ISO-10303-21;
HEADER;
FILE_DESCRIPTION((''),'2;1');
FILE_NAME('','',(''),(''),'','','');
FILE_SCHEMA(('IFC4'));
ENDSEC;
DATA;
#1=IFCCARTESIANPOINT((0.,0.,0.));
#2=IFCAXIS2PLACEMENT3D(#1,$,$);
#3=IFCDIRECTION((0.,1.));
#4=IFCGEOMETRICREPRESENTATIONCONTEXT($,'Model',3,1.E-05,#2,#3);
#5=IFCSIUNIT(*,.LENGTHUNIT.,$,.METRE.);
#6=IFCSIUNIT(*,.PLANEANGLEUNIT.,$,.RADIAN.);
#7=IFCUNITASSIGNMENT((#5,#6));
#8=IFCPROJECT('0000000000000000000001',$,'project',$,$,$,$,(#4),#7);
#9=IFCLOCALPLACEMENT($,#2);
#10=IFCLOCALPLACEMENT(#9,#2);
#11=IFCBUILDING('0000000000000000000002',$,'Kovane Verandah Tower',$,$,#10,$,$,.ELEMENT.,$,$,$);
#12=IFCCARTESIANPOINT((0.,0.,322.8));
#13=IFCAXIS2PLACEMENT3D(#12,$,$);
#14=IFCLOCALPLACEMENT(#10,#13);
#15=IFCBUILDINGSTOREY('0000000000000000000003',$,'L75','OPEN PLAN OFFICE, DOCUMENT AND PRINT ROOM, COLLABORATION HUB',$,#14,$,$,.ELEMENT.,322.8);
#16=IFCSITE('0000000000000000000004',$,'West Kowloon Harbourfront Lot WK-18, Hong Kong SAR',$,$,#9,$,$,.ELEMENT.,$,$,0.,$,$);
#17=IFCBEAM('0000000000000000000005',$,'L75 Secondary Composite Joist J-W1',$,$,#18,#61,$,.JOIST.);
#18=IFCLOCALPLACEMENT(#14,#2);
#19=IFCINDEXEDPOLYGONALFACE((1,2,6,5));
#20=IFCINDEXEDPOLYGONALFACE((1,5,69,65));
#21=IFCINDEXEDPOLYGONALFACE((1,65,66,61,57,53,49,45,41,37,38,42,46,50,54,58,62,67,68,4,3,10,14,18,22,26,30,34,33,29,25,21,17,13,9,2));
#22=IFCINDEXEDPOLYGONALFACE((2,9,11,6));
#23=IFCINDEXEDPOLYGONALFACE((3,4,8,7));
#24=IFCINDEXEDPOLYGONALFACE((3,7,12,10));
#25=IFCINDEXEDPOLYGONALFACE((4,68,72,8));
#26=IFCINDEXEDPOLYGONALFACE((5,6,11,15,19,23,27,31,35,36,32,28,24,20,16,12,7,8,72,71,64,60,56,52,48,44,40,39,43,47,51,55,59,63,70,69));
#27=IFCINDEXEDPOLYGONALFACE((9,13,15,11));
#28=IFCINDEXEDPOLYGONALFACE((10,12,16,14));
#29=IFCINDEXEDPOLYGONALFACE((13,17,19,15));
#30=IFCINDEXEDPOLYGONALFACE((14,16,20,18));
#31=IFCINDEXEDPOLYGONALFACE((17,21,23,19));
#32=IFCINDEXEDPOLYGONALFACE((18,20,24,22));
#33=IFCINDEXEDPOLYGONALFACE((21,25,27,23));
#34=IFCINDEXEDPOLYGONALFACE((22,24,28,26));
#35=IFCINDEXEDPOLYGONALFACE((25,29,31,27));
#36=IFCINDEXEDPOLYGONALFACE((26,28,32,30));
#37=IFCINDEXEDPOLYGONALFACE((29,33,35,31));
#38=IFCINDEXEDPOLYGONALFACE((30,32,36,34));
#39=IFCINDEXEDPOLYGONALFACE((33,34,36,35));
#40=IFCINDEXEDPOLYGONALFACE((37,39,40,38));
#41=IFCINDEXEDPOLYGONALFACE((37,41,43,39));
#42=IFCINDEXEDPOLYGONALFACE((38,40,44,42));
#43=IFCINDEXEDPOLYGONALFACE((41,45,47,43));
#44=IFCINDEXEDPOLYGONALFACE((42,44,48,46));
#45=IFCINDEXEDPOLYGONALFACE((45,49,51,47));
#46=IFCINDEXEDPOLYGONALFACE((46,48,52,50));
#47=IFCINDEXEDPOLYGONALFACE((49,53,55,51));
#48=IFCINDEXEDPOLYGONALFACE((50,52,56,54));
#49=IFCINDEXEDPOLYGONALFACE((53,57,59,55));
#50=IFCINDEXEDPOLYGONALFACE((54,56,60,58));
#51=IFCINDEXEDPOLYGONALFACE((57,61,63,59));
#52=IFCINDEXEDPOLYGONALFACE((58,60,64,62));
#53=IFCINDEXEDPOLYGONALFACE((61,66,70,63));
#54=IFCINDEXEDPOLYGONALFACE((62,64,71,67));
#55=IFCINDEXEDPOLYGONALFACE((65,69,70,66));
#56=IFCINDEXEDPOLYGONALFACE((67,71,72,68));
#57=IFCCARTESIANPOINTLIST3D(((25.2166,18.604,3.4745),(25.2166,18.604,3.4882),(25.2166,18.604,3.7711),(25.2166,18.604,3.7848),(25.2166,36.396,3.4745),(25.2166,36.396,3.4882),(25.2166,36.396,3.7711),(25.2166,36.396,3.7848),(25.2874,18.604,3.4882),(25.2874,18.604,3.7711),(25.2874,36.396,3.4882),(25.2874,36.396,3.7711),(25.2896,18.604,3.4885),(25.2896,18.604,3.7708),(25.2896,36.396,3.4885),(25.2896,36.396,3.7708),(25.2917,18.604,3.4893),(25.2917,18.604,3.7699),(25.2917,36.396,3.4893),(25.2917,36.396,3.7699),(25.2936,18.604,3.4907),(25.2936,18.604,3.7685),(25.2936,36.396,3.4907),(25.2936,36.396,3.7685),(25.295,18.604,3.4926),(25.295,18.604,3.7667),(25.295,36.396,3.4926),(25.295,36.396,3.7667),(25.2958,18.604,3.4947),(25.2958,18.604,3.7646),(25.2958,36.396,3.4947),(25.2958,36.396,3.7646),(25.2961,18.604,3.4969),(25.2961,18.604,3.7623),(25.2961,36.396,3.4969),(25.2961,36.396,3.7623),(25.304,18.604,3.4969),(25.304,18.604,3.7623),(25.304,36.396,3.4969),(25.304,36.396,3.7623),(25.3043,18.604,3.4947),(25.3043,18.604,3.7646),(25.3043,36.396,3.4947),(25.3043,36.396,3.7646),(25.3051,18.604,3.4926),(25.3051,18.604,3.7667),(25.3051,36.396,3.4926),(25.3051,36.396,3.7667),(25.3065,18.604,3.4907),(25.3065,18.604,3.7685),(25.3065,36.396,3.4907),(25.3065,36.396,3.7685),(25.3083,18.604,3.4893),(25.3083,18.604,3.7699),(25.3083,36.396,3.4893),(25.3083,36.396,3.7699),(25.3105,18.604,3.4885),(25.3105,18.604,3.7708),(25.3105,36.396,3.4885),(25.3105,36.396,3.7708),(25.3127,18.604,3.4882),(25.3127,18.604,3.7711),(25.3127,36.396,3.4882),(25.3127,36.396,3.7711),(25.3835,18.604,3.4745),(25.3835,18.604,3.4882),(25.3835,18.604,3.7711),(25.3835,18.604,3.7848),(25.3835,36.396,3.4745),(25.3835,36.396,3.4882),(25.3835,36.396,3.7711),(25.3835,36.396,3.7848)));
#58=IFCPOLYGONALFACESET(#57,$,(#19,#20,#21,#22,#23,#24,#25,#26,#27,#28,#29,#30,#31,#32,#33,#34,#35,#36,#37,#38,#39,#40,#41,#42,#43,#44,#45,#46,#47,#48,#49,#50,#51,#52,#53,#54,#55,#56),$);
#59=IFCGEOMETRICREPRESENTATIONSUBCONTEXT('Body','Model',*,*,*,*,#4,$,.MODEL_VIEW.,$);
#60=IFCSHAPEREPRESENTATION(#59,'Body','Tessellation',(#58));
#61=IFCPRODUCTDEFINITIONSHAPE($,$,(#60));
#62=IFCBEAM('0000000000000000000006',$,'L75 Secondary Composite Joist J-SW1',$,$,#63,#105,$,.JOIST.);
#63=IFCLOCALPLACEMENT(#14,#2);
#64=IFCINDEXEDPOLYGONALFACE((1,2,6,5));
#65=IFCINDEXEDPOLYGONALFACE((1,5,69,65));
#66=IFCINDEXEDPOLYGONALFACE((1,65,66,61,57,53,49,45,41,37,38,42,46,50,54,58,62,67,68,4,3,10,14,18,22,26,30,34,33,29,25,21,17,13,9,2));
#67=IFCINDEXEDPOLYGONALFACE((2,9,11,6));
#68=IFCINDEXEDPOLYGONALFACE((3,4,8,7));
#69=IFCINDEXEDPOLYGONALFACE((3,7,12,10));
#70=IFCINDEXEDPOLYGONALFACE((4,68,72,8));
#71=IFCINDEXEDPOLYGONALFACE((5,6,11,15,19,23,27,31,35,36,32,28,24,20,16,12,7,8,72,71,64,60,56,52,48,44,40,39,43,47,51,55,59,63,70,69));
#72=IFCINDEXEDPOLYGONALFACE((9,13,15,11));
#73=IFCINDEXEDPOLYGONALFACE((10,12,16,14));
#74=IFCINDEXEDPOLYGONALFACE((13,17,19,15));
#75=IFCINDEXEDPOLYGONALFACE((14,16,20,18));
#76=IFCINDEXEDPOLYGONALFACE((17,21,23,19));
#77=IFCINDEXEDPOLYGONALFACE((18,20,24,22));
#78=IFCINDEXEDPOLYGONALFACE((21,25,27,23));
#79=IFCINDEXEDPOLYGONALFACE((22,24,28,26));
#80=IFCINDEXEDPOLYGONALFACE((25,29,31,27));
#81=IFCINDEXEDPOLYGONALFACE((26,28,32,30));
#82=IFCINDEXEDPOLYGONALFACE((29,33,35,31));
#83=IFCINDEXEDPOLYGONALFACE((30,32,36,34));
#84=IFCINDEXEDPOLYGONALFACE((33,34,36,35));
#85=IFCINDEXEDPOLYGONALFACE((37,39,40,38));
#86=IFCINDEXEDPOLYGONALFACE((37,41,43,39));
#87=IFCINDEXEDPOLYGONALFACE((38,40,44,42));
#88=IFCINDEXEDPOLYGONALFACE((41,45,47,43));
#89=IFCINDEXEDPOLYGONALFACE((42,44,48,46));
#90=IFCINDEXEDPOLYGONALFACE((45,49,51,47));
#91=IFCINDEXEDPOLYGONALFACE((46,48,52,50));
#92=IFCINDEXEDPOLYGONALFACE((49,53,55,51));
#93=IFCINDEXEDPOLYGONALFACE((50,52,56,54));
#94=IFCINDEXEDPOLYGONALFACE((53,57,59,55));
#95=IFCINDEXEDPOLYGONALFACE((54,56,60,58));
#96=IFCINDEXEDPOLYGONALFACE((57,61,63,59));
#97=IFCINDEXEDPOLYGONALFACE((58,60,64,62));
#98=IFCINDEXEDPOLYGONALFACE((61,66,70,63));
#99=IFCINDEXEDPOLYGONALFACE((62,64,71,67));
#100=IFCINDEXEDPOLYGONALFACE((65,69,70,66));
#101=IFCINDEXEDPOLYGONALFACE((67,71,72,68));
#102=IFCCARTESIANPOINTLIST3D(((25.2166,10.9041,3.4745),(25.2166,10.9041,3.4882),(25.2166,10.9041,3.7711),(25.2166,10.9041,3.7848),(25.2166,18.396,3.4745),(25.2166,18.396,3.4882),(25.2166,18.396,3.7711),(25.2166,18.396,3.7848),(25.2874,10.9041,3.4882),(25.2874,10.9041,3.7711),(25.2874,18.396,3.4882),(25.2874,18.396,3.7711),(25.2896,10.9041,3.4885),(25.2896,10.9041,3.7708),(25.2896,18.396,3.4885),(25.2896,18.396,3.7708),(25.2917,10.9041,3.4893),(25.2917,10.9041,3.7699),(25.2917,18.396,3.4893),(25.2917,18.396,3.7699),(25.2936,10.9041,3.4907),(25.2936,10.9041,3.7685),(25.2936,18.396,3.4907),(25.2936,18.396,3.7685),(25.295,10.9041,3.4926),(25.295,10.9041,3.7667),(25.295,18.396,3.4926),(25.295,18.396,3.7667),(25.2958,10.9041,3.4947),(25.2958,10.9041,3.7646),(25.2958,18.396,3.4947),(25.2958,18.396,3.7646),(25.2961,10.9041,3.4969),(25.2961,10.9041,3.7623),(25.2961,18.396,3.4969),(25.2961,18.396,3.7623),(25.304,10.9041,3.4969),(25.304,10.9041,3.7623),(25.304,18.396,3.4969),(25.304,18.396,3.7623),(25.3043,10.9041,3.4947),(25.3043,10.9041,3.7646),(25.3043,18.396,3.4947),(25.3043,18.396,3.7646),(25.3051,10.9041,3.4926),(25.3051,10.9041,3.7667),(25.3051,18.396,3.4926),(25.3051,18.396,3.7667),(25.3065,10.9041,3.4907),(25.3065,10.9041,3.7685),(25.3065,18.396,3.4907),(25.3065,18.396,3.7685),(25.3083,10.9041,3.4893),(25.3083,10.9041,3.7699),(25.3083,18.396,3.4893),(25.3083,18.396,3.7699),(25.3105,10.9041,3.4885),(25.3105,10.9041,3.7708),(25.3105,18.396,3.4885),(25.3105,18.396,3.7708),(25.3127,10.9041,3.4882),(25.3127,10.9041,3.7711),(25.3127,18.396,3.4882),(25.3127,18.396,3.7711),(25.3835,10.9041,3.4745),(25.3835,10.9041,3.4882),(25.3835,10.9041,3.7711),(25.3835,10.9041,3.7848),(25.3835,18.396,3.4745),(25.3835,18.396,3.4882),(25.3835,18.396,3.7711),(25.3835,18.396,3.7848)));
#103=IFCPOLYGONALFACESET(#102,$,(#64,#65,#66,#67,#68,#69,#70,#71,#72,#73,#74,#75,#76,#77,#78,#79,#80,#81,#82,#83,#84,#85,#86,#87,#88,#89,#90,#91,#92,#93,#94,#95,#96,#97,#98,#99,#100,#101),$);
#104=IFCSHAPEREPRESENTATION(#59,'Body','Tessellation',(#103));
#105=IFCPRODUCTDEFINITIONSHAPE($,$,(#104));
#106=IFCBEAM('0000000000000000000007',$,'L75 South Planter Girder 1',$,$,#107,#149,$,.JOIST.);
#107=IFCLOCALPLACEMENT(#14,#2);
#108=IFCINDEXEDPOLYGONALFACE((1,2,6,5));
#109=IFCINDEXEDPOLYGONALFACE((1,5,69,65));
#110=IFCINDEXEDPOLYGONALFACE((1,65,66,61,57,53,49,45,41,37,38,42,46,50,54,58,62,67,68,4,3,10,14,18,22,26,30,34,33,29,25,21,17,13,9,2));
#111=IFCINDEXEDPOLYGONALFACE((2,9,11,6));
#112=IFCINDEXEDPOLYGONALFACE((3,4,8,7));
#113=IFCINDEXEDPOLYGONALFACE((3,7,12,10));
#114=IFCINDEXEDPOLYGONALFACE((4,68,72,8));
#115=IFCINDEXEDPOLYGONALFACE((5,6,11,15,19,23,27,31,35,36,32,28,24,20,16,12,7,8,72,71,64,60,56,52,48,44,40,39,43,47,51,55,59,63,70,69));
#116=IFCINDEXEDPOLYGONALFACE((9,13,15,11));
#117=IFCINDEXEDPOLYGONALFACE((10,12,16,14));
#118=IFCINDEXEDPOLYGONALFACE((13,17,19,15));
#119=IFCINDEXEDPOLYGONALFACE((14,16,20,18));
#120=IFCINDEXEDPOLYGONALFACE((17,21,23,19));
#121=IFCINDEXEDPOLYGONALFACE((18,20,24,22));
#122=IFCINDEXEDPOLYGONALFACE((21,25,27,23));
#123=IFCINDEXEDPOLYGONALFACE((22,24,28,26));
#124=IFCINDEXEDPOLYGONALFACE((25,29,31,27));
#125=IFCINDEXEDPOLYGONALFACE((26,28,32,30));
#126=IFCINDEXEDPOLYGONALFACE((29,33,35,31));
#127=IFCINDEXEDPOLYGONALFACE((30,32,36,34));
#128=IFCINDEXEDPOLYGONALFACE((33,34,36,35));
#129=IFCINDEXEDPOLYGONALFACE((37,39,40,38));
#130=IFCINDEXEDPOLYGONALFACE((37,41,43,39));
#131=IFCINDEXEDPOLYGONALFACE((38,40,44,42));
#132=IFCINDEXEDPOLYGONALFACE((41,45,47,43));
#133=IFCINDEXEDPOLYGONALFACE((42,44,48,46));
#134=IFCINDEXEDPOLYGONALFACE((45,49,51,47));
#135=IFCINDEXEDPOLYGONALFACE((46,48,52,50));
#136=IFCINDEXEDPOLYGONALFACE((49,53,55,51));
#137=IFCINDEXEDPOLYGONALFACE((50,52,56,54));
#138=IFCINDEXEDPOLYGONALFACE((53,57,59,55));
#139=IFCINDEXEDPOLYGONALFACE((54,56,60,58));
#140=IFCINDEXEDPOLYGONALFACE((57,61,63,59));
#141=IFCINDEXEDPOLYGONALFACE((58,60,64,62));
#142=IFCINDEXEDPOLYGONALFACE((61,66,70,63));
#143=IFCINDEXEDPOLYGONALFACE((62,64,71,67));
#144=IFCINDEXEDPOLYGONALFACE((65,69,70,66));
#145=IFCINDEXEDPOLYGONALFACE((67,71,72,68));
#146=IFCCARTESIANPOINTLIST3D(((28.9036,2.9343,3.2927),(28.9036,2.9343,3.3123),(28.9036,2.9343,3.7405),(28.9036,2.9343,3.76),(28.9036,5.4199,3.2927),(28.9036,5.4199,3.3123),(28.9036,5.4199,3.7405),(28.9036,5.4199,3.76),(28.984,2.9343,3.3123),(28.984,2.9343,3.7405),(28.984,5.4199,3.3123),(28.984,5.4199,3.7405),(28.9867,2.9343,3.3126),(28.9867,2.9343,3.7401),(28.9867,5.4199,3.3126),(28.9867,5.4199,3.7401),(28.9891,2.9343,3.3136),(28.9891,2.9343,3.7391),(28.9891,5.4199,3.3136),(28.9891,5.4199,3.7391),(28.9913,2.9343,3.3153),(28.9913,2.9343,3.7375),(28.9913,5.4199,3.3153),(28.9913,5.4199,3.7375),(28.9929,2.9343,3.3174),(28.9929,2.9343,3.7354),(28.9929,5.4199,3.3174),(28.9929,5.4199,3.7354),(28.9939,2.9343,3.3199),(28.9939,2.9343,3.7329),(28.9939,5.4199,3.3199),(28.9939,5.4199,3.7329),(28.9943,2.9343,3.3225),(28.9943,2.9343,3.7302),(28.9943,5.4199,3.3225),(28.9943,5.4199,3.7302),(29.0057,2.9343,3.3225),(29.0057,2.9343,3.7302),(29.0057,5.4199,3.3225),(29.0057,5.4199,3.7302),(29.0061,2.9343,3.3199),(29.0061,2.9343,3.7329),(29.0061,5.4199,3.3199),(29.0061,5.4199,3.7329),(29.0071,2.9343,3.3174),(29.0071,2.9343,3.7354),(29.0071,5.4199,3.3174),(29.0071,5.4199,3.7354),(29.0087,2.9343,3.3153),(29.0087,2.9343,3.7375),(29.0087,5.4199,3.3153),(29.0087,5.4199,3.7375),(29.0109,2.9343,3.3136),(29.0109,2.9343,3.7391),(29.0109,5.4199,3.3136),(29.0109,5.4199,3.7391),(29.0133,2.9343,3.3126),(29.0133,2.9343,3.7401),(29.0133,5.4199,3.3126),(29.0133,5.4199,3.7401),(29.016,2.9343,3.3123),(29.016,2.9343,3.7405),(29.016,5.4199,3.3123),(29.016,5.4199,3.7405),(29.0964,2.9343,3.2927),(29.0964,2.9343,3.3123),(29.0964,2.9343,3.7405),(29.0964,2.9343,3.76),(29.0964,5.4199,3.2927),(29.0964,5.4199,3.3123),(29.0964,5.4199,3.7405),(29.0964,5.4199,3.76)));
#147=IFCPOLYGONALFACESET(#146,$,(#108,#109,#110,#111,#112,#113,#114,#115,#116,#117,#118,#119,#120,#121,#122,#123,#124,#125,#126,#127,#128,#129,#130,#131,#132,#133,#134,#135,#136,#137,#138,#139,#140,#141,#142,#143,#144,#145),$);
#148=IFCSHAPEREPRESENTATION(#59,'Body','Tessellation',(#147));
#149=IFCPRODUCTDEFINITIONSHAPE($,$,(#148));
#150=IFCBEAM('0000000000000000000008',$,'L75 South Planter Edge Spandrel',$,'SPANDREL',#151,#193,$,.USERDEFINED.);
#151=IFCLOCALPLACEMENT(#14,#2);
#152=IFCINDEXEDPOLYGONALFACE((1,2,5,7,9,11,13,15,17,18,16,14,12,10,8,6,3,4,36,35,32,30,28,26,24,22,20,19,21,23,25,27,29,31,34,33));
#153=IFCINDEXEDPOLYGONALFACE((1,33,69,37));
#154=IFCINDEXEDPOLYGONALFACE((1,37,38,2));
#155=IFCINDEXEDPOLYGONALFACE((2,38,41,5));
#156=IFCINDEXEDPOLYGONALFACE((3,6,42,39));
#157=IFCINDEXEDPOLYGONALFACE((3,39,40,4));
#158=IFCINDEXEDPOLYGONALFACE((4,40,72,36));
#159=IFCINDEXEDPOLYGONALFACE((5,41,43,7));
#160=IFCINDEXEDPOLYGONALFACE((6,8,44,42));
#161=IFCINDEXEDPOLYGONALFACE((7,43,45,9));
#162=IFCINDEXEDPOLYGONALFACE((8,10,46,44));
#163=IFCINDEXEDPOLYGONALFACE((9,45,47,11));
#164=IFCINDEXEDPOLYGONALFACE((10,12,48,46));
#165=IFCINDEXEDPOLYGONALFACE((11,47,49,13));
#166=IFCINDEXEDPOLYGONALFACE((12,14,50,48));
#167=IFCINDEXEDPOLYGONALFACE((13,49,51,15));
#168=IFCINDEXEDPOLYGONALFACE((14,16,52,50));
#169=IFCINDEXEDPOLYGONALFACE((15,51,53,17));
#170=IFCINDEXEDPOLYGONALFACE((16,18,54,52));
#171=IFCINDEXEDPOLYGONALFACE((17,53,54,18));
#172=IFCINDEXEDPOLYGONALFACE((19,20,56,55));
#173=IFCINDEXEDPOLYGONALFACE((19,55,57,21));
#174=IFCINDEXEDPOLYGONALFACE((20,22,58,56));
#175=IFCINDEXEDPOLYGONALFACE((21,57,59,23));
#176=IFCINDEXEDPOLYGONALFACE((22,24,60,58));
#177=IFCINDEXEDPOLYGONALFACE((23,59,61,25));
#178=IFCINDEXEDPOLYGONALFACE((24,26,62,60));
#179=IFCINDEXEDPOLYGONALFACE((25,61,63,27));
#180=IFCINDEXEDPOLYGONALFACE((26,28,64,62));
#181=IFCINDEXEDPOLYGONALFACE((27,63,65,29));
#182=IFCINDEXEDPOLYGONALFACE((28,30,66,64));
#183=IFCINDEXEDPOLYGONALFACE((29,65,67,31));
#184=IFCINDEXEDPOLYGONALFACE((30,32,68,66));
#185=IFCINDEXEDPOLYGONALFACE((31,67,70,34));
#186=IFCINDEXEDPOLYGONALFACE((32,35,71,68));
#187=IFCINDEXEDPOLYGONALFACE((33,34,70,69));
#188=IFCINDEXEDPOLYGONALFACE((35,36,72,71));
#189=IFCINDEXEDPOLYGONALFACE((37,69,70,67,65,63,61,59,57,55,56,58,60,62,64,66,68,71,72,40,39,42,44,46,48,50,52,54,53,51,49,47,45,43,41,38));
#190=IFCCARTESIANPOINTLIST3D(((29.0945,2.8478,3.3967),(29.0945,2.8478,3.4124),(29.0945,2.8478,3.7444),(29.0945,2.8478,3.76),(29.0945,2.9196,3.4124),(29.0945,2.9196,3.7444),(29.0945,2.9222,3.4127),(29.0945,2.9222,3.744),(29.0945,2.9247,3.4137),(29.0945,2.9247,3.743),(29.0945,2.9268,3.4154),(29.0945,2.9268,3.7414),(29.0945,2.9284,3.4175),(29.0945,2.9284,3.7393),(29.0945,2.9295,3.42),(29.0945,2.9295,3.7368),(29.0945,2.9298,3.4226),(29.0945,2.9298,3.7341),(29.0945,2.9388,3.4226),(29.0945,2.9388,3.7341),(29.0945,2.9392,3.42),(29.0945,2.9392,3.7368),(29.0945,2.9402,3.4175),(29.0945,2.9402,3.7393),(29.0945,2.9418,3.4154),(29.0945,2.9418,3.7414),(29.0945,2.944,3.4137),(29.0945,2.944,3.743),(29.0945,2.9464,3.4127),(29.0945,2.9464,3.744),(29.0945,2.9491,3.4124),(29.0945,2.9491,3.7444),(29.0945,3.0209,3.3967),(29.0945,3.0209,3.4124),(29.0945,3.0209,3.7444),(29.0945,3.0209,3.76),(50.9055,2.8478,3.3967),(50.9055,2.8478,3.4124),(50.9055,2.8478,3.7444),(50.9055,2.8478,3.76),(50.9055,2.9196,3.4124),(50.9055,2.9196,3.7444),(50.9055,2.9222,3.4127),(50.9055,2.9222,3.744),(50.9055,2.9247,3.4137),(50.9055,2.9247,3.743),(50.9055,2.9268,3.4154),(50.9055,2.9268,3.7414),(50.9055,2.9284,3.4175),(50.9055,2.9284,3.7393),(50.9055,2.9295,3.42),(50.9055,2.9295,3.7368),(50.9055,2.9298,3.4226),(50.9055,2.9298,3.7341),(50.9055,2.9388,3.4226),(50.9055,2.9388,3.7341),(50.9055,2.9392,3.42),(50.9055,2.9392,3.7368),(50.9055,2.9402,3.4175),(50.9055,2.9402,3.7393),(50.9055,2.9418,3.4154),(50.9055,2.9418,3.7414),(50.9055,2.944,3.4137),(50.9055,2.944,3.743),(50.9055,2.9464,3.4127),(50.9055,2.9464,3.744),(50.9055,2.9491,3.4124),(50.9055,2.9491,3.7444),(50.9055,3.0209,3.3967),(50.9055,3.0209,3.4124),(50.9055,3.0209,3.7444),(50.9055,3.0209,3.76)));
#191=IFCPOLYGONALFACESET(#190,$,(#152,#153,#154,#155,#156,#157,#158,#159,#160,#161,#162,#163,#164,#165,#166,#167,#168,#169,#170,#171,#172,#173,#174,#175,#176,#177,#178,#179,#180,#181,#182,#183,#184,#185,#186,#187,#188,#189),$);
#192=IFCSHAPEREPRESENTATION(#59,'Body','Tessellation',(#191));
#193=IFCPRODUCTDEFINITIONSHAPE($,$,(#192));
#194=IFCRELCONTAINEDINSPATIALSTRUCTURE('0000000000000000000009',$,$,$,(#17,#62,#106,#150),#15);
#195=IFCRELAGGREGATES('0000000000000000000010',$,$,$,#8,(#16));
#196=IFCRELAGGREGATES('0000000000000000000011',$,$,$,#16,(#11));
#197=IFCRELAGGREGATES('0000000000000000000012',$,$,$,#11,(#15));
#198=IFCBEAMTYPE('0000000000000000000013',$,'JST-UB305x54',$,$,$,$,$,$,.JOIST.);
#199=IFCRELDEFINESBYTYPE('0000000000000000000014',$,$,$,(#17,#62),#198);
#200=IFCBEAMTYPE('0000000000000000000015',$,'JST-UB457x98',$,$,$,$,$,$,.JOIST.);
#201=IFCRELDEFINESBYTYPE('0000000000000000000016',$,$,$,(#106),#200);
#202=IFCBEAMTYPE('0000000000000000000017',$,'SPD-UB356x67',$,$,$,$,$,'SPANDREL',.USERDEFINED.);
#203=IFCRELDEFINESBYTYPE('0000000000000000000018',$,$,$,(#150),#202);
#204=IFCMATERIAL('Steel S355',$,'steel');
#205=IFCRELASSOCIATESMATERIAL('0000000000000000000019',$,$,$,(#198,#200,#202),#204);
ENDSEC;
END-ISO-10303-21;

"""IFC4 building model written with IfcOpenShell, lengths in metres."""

from ifc_helpers import new_model, si_unit, direction, frame, origin, origin_2d, place, context, subcontext, project, spatial, i_section, extrude, material, material_profile, profile_set, type_object, element, save


model = new_model("IFC4")

# Units and contexts
model_context = context("Model", 3, precision=1e-05, world=origin(), true_north=direction((0.0, 1.0)))
body_context = subcontext(model_context, "Body", "Model", "MODEL_VIEW")
ifc_project = project(units=[si_unit("LENGTHUNIT", "METRE"), si_unit("PLANEANGLEUNIT", "RADIAN")], contexts=[model_context])

# Site, building, storey
site_placement = place(None, origin())
site = spatial("IfcSite", under=ifc_project, at=site_placement, Name="West Kowloon Harbourfront Lot WK-18, Hong Kong SAR", CompositionType="ELEMENT", RefElevation=0.0)
building_placement = place(site_placement, origin())
building = spatial("IfcBuilding", under=site, at=building_placement, Name="Kovane Verandah Tower", CompositionType="ELEMENT")
storey_placement = place(building_placement, frame((0.0, 0.0, 322.8)))
storey = spatial("IfcBuildingStorey", under=building, at=storey_placement, Name="L75", Description="OPEN PLAN OFFICE, DOCUMENT AND PRINT ROOM, COLLABORATION HUB", CompositionType="ELEMENT", Elevation=322.8)

# Beams
ifc_material_1 = material(Name="Steel S355", Category="steel")
ifc_material_profile_1 = material_profile(ifc_material_1, i_section(OverallWidth=0.167, OverallDepth=0.3103, WebThickness=0.0078, FlangeThickness=0.0137, FilletRadius=0.0088, at=origin_2d()), Name="UB305x165x54")
ifc_profile_set_1 = profile_set([ifc_material_profile_1], Name="Steel S355")
beam_type_1 = type_object("IfcBeamType", Name="JST-UB305x54", PredefinedType="JOIST", material=ifc_profile_set_1)
beam_1_placement = place(storey_placement, frame((25.3, 18.604, 3.6296), z_axis=(0.0, 1.0, 0.0), x_axis=(-1.0, 0.0, 0.0)))
element("IfcBeam", 1, at=beam_1_placement, inside=storey, type_object=beam_type_1, Name="L75 Secondary Composite Joist J-W1", PredefinedType="JOIST", context=body_context, shape_type="SweptSolid", body=[
    extrude(i_section(OverallWidth=0.167, OverallDepth=0.3103, WebThickness=0.0078, FlangeThickness=0.0137, FilletRadius=0.0088, at=origin_2d()), origin(), (0.0, 0.0, 1.0), 17.792),
])
beam_2_placement = place(storey_placement, frame((25.3, 10.9041, 3.6296), z_axis=(0.0, 1.0, 0.0), x_axis=(-1.0, 0.0, 0.0)))
element("IfcBeam", 2, at=beam_2_placement, inside=storey, type_object=beam_type_1, Name="L75 Secondary Composite Joist J-SW1", PredefinedType="JOIST", context=body_context, shape_type="SweptSolid", body=[
    extrude(i_section(OverallWidth=0.167, OverallDepth=0.3103, WebThickness=0.0078, FlangeThickness=0.0137, FilletRadius=0.0088, at=origin_2d()), origin(), (0.0, 0.0, 1.0), 7.4919),
])
ifc_material_profile_2 = material_profile(ifc_material_1, i_section(OverallWidth=0.1929, OverallDepth=0.4673, WebThickness=0.0115, FlangeThickness=0.0195, FilletRadius=0.0103, at=origin_2d()), Name="UB457x191x98")
ifc_profile_set_2 = profile_set([ifc_material_profile_2], Name="Steel S355")
beam_type_2 = type_object("IfcBeamType", Name="JST-UB457x98", PredefinedType="JOIST", material=ifc_profile_set_2)
beam_3_placement = place(storey_placement, frame((29.0, 5.4199, 3.5264), z_axis=(0.0, -1.0, 0.0), x_axis=(1.0, 0.0, 0.0)))
element("IfcBeam", 3, at=beam_3_placement, inside=storey, type_object=beam_type_2, Name="L75 South Planter Girder 1", PredefinedType="JOIST", context=body_context, shape_type="SweptSolid", body=[
    extrude(i_section(OverallWidth=0.1929, OverallDepth=0.4673, WebThickness=0.0115, FlangeThickness=0.0195, FilletRadius=0.0103, at=origin_2d()), origin(), (0.0, 0.0, 1.0), 2.4856),
])
ifc_material_profile_3 = material_profile(ifc_material_1, i_section(OverallWidth=0.1731, OverallDepth=0.3633, WebThickness=0.009, FlangeThickness=0.0156, FilletRadius=0.0103, at=origin_2d()), Name="UB356x171x67")
ifc_profile_set_3 = profile_set([ifc_material_profile_3], Name="Steel S355")
beam_type_3 = type_object("IfcBeamType", Name="SPD-UB356x67", ElementType="SPANDREL", PredefinedType="USERDEFINED", material=ifc_profile_set_3)
beam_4_placement = place(storey_placement, frame((29.0945, 2.9343, 3.5784), z_axis=(1.0, 0.0, 0.0), x_axis=(0.0, 1.0, 0.0)))
element("IfcBeam", 4, at=beam_4_placement, inside=storey, type_object=beam_type_3, Name="L75 South Planter Edge Spandrel", ObjectType="SPANDREL", PredefinedType="USERDEFINED", context=body_context, shape_type="SweptSolid", body=[
    extrude(i_section(OverallWidth=0.1731, OverallDepth=0.3633, WebThickness=0.009, FlangeThickness=0.0156, FilletRadius=0.0103, at=origin_2d()), origin(), (0.0, 0.0, 1.0), 21.811),
])

save(model, "model.ifc")
